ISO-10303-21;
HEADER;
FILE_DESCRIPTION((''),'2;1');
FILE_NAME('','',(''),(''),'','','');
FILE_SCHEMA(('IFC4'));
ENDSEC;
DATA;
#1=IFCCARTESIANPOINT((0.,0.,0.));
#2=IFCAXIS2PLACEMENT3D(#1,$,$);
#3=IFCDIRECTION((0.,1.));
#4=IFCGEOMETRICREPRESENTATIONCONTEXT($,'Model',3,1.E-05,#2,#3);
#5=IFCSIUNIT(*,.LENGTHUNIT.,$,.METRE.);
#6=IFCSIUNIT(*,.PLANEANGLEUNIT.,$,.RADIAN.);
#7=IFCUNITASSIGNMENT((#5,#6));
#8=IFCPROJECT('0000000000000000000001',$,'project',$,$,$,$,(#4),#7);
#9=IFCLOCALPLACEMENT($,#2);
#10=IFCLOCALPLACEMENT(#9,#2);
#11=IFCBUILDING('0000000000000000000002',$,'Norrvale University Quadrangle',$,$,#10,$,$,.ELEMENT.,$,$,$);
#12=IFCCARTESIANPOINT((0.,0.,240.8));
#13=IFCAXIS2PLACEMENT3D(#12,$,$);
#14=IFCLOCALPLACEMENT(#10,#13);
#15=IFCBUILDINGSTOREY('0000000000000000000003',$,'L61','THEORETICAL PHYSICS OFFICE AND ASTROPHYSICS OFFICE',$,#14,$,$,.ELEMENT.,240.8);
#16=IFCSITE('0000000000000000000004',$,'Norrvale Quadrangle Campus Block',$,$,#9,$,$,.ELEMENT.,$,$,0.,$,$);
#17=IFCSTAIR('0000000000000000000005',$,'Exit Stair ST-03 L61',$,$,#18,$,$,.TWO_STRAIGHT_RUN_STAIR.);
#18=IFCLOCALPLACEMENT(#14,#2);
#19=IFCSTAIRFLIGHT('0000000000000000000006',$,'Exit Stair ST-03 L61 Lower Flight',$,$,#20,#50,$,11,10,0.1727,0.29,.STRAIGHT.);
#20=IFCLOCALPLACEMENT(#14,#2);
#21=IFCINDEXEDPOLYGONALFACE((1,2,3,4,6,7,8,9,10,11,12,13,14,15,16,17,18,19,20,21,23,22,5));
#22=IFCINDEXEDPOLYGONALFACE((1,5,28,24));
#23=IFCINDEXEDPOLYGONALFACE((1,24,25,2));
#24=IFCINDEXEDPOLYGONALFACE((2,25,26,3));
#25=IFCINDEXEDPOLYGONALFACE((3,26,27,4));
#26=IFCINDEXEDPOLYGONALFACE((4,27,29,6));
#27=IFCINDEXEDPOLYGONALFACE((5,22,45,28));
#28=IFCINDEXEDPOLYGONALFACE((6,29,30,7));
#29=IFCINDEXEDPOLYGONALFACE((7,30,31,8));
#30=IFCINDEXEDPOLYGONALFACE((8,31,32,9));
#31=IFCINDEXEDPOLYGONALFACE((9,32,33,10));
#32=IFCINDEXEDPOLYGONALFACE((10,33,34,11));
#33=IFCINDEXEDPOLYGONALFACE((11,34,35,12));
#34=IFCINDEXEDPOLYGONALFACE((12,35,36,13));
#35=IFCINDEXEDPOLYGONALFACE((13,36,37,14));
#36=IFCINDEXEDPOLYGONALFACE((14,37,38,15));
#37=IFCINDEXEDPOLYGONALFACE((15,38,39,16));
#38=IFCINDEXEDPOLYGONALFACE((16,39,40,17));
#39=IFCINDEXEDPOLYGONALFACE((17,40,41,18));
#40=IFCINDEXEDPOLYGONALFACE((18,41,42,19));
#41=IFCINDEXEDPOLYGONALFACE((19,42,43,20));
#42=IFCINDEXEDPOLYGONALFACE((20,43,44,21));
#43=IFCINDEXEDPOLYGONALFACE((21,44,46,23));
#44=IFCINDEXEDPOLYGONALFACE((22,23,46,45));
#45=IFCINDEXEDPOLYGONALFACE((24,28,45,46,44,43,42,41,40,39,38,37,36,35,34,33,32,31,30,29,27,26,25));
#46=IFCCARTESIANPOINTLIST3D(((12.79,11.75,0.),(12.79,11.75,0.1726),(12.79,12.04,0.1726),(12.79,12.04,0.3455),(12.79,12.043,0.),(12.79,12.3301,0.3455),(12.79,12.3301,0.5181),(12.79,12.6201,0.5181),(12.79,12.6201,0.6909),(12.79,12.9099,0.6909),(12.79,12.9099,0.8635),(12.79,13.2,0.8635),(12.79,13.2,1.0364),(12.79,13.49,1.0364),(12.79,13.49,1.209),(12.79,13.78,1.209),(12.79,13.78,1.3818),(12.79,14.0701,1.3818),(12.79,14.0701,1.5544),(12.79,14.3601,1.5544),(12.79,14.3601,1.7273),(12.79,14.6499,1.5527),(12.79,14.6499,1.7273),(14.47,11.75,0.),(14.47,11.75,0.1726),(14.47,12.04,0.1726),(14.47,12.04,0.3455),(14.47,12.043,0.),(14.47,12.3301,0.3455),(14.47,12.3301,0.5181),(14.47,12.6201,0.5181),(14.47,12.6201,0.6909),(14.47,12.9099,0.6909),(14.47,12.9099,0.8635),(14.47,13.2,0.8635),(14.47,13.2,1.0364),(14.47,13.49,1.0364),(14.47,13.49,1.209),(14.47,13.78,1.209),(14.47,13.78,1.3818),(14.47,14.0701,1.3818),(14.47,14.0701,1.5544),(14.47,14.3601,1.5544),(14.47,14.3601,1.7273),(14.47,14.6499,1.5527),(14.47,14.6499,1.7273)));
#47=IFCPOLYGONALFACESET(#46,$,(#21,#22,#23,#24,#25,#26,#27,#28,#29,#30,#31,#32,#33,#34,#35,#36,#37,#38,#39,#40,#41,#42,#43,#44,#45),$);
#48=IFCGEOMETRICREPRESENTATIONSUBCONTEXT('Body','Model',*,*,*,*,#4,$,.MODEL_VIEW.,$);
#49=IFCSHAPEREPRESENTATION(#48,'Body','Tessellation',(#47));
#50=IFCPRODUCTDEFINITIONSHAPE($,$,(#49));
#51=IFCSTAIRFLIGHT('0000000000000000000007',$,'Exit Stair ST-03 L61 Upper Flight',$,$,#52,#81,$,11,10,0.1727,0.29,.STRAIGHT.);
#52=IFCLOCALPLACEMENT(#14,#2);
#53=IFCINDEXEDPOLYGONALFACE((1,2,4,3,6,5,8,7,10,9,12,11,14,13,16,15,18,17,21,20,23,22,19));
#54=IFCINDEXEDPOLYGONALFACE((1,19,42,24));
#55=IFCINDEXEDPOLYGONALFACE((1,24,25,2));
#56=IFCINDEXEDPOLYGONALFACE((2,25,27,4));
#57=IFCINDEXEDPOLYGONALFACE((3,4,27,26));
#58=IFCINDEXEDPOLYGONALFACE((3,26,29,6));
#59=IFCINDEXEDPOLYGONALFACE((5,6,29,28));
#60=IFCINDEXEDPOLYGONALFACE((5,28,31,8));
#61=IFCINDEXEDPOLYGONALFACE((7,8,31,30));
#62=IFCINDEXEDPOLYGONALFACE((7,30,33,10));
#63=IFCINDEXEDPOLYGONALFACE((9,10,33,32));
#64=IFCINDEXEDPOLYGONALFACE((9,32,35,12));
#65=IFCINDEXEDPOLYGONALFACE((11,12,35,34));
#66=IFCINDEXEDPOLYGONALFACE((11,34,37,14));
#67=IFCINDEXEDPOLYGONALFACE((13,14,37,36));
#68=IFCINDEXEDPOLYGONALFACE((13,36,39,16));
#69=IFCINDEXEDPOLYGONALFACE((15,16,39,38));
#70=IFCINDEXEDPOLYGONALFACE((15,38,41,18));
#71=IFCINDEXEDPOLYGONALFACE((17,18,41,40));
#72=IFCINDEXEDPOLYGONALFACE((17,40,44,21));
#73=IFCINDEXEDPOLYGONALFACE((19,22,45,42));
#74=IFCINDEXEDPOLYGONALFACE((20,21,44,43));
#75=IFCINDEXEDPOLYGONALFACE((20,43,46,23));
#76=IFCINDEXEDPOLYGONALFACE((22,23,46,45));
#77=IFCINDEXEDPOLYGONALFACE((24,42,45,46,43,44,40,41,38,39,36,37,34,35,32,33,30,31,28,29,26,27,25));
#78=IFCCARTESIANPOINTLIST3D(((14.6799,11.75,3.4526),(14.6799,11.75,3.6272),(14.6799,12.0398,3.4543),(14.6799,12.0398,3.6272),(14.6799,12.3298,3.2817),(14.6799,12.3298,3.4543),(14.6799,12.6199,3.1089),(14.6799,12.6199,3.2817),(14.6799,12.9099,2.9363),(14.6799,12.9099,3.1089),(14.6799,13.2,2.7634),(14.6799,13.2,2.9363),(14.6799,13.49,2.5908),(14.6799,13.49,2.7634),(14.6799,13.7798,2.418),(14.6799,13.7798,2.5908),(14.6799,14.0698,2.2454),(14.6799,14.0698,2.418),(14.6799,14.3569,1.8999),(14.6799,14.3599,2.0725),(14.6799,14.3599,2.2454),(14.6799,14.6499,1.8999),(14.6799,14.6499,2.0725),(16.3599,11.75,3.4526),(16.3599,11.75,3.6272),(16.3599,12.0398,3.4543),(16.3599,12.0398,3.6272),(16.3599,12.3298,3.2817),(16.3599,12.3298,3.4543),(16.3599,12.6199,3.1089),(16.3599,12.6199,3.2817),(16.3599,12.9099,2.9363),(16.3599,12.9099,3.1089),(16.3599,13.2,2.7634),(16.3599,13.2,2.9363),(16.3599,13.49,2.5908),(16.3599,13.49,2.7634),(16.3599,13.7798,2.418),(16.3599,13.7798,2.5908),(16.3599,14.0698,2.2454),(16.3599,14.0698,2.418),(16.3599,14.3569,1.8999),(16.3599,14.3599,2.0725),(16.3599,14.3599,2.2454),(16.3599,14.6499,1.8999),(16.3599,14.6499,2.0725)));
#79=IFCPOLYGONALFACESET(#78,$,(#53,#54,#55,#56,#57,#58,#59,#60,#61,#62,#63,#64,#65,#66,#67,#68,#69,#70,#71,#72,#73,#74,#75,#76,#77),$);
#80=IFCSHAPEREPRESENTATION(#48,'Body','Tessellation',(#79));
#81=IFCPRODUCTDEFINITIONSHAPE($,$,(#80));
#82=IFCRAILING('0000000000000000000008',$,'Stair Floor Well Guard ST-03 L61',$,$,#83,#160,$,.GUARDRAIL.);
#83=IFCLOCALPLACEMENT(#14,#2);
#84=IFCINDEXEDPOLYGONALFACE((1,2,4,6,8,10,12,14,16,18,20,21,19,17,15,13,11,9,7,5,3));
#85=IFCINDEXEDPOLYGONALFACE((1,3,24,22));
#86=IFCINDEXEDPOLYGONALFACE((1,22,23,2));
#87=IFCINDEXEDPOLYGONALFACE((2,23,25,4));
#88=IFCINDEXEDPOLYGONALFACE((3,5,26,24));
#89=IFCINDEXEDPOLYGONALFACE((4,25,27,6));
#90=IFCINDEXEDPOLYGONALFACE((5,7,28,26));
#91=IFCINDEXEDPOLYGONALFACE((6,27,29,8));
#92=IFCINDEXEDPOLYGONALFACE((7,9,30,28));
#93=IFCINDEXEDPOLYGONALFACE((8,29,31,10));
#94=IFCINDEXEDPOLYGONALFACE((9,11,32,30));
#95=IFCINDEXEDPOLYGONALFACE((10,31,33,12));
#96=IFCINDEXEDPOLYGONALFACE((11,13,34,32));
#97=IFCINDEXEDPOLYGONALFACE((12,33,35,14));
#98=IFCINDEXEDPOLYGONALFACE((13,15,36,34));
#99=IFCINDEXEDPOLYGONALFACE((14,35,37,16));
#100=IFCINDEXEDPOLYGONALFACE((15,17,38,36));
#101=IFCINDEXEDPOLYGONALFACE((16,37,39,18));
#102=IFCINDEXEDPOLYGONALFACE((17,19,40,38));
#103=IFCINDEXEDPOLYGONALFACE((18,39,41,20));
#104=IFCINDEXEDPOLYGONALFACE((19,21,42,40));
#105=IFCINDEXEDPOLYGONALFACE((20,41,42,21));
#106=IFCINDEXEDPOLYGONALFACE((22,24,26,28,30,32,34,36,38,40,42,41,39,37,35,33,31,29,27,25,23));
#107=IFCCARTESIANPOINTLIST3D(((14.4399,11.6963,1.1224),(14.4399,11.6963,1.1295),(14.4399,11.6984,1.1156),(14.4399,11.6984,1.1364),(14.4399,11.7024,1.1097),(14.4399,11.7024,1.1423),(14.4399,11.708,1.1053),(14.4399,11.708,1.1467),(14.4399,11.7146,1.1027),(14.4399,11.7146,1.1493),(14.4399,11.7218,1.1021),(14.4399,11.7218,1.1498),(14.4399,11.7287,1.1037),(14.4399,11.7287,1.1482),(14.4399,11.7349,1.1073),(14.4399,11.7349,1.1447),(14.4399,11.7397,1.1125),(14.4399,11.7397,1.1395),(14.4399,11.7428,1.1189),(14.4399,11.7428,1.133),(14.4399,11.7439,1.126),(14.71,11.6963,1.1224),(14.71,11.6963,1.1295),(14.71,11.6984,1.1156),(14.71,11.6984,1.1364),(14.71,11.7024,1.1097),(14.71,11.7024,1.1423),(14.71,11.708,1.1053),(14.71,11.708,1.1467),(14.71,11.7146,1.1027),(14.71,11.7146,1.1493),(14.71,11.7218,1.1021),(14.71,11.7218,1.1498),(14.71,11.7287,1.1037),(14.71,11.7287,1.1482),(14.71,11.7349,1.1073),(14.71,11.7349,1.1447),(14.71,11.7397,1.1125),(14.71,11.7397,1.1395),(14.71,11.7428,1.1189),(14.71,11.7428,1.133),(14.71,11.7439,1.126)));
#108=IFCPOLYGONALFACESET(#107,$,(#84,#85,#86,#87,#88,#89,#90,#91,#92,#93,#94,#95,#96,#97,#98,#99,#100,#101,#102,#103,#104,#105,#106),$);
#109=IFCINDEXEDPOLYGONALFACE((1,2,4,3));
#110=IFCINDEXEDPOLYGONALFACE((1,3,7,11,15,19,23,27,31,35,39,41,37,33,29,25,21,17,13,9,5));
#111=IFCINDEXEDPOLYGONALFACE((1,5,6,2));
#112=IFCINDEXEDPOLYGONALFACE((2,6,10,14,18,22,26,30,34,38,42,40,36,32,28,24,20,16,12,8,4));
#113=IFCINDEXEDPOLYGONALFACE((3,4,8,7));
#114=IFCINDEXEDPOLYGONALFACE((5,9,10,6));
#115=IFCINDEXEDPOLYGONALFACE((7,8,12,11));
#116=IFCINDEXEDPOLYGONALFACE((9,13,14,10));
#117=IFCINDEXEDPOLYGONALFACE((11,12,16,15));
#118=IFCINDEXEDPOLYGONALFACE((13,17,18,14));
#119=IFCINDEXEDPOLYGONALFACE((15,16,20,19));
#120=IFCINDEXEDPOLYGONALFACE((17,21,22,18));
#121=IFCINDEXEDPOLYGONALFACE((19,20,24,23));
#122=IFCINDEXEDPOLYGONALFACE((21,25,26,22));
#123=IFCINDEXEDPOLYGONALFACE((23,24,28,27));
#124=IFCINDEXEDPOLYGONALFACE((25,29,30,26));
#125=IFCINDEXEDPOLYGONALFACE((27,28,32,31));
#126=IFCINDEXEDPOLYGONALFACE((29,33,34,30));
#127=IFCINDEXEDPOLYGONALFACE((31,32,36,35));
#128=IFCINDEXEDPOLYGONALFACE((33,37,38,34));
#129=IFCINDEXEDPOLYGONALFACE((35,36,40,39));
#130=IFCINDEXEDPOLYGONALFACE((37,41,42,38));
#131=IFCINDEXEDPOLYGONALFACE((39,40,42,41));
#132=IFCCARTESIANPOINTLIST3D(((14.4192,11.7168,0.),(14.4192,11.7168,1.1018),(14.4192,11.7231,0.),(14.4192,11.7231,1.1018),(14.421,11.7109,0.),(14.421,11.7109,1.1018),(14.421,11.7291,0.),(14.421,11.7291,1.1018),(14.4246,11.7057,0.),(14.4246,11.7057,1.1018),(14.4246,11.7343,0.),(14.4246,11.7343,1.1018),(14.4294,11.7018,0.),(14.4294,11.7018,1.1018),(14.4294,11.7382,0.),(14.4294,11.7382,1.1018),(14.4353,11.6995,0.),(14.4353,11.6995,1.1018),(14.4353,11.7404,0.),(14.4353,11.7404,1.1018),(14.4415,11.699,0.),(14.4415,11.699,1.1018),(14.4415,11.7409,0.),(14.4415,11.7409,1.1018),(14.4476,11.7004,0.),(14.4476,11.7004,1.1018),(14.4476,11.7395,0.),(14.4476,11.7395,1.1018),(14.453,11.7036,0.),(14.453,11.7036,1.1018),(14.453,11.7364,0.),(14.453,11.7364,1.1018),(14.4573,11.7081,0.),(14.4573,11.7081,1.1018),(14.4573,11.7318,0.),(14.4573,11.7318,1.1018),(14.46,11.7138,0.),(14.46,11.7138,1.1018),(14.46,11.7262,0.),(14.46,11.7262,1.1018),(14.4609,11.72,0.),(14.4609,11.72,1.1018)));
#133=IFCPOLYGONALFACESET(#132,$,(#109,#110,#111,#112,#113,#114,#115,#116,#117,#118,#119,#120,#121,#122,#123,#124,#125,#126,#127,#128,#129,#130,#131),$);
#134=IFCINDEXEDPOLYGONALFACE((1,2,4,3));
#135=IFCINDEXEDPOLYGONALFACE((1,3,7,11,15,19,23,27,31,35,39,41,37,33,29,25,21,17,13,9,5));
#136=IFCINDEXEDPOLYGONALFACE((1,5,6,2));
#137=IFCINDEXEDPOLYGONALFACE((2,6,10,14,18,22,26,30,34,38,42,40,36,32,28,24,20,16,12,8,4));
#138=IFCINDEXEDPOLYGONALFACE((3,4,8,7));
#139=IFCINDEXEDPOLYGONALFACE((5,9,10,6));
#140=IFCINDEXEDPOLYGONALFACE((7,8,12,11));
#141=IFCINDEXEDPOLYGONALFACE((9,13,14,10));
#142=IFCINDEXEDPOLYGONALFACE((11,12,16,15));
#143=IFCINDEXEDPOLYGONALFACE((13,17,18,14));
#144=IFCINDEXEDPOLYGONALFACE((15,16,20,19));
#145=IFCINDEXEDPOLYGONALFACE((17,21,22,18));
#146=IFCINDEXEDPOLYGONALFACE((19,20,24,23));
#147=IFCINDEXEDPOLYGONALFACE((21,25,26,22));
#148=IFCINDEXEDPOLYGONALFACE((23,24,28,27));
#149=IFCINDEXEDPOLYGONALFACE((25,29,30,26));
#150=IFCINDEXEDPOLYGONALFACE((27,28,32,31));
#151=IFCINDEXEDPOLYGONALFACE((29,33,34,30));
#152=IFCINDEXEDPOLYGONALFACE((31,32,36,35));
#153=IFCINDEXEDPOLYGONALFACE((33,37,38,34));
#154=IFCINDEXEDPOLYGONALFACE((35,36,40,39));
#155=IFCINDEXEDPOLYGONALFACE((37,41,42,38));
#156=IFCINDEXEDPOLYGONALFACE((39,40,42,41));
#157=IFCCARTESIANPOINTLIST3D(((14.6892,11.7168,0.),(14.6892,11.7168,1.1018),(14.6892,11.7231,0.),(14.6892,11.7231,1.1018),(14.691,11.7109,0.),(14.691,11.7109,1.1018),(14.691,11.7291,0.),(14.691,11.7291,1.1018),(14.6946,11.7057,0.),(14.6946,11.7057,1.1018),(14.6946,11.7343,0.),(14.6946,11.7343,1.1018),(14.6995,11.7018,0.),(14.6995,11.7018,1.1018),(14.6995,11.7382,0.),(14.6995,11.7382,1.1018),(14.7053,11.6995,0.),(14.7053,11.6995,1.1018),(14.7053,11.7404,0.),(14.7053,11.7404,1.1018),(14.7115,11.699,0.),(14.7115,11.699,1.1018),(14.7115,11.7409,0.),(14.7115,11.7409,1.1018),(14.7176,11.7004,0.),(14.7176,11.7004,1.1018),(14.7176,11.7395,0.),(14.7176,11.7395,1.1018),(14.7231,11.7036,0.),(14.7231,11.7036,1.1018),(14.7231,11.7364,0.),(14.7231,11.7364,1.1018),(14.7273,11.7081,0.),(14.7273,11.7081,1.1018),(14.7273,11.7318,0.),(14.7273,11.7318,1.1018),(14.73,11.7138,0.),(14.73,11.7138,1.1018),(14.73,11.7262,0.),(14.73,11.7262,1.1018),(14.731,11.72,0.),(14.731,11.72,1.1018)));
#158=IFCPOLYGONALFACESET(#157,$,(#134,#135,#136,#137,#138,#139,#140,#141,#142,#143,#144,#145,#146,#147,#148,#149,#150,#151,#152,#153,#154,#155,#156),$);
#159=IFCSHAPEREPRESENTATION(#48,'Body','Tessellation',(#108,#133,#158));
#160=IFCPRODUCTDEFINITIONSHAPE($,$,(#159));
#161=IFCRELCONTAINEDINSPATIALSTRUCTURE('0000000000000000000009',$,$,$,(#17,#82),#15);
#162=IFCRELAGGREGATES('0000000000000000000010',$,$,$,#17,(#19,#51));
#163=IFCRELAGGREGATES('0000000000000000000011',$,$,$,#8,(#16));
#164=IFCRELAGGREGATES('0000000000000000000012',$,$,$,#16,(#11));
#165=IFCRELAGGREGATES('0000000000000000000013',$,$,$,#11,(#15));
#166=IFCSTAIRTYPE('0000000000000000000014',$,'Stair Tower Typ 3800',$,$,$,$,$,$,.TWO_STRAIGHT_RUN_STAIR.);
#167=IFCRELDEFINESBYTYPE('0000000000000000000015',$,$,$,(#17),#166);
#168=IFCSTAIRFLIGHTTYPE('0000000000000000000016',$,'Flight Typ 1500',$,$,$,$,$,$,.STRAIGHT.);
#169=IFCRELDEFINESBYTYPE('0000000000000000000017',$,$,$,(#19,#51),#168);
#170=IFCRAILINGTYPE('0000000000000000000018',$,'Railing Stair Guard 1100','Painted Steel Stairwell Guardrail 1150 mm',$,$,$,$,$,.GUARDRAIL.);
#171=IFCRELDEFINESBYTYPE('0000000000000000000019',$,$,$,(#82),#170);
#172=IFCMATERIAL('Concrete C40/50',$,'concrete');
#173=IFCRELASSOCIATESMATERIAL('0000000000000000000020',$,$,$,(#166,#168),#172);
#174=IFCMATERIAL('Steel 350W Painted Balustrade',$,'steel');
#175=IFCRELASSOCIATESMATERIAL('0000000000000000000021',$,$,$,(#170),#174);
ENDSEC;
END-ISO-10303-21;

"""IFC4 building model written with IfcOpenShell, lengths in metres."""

from ifc_helpers import new_model, si_unit, direction, frame, origin, origin_2d, place, context, subcontext, project, spatial, polyline, circle, outline, extrude, material, type_object, element, aggregate, save


model = new_model("IFC4")

# Units and contexts
model_context = context("Model", 3, precision=1e-05, world=origin(), true_north=direction((0.0, 1.0)))
body_context = subcontext(model_context, "Body", "Model", "MODEL_VIEW")
ifc_project = project(units=[si_unit("LENGTHUNIT", "METRE"), si_unit("PLANEANGLEUNIT", "RADIAN")], contexts=[model_context])

# Site, building, storey
site_placement = place(None, origin())
site = spatial("IfcSite", under=ifc_project, at=site_placement, Name="Norrvale Quadrangle Campus Block", CompositionType="ELEMENT", RefElevation=0.0)
building_placement = place(site_placement, origin())
building = spatial("IfcBuilding", under=site, at=building_placement, Name="Norrvale University Quadrangle", CompositionType="ELEMENT")
storey_placement = place(building_placement, frame((0.0, 0.0, 240.8)))
storey = spatial("IfcBuildingStorey", under=building, at=storey_placement, Name="L61", Description="THEORETICAL PHYSICS OFFICE AND ASTROPHYSICS OFFICE", CompositionType="ELEMENT", Elevation=240.8)

# Stair, stair flights
ifc_material_1 = material(Name="Concrete C40/50", Category="concrete")
stair_type = type_object("IfcStairType", Name="Stair Tower Typ 3800", PredefinedType="TWO_STRAIGHT_RUN_STAIR", material=ifc_material_1)
stair_placement = place(storey_placement, origin())
stair = element("IfcStair", 1, at=stair_placement, inside=storey, type_object=stair_type, Name="Exit Stair ST-03 L61", PredefinedType="TWO_STRAIGHT_RUN_STAIR")
stair_flight_type = type_object("IfcStairFlightType", Name="Flight Typ 1500", PredefinedType="STRAIGHT", material=ifc_material_1)
stair_flight_1_placement = place(storey_placement, frame((13.6299, 11.75, 0.0), z_axis=(0.0, 0.0, 1.0), x_axis=(0.0, 1.0, 0.0)))
stair_flight_1 = element("IfcStairFlight", 2, at=stair_flight_1_placement, type_object=stair_flight_type, Name="Exit Stair ST-03 L61 Lower Flight", NumberOfRisers=11, NumberOfTreads=10, PredefinedType="STRAIGHT", RiserHeight=0.1727, TreadLength=0.29, context=body_context, shape_type="SweptSolid", body=[
    extrude(outline(polyline([(0.0, 0.0), (0.0, 0.1726), (0.29, 0.1726), (0.29, 0.3455), (0.5801, 0.3455), (0.5801, 0.5181), (0.8701, 0.5181), (0.8701, 0.6909), (1.1599, 0.6909), (1.1599, 0.8635), (1.45, 0.8635), (1.45, 1.0364), (1.74, 1.0364), (1.74, 1.209), (2.03, 1.209), (2.03, 1.3818), (2.3201, 1.3818), (2.3201, 1.5544), (2.6101, 1.5544), (2.6101, 1.7273), (2.8999, 1.7273), (2.8999, 1.8999), (2.8999, 1.5527), (0.293, 0.0), (0.0, 0.0)])), frame((0.0, 0.8398, 0.0), z_axis=(0.0, -1.0, 0.0), x_axis=(1.0, 0.0, 0.0)), (0.0, 0.0, 1.0), 1.6799),
])
stair_flight_2_placement = place(storey_placement, frame((15.52, 14.6499, 1.8999), z_axis=(0.0, 0.0, 1.0), x_axis=(0.0, -1.0, 0.0)))
stair_flight_2 = element("IfcStairFlight", 3, at=stair_flight_2_placement, type_object=stair_flight_type, Name="Exit Stair ST-03 L61 Upper Flight", NumberOfRisers=11, NumberOfTreads=10, PredefinedType="STRAIGHT", RiserHeight=0.1727, TreadLength=0.29, context=body_context, shape_type="SweptSolid", body=[
    extrude(outline(polyline([(0.0, 0.0), (0.0, 0.1726), (0.29, 0.1726), (0.29, 0.3455), (0.5801, 0.3455), (0.5801, 0.5181), (0.8701, 0.5181), (0.8701, 0.6909), (1.1599, 0.6909), (1.1599, 0.8635), (1.45, 0.8635), (1.45, 1.0364), (1.74, 1.0364), (1.74, 1.209), (2.03, 1.209), (2.03, 1.3818), (2.3201, 1.3818), (2.3201, 1.5544), (2.6101, 1.5544), (2.6101, 1.7273), (2.8999, 1.7273), (2.8999, 1.8999), (2.8999, 1.5527), (0.293, 0.0), (0.0, 0.0)])), frame((0.0, 0.8398, 0.0), z_axis=(0.0, -1.0, 0.0), x_axis=(1.0, 0.0, 0.0)), (0.0, 0.0, 1.0), 1.6799),
])
aggregate(stair, [stair_flight_1, stair_flight_2])

# Railing
ifc_material_2 = material(Name="Steel 350W Painted Balustrade", Category="steel")
railing_type_1 = type_object("IfcRailingType", Name="Railing Stair Guard 1100", Description="Painted Steel Stairwell Guardrail 1150 mm", PredefinedType="GUARDRAIL", material=ifc_material_2)
for number, where, name in (
    (4, (14.4399, 11.72, 0.0), "Stair Floor Well Guard ST-03 L61"),
):
    element("IfcRailing", number, at=place(storey_placement, frame(where)), inside=storey, type_object=railing_type_1, Name=name, PredefinedType="GUARDRAIL", context=body_context, shape_type="SweptSolid", body=[
        extrude(circle(Radius=0.0239, at=origin_2d()), frame((0.0, 0.0, 1.126), z_axis=(1.0, 0.0, 0.0), x_axis=(0.0, 1.0, 0.0)), (0.0, 0.0, 1.0), 0.27),
        extrude(circle(Radius=0.021, at=origin_2d()), origin(), (0.0, 0.0, 1.0), 1.1018),
        extrude(circle(Radius=0.021, at=origin_2d()), frame((0.27, 0.0, 0.0)), (0.0, 0.0, 1.0), 1.1018),
    ])

save(model, "model.ifc")
